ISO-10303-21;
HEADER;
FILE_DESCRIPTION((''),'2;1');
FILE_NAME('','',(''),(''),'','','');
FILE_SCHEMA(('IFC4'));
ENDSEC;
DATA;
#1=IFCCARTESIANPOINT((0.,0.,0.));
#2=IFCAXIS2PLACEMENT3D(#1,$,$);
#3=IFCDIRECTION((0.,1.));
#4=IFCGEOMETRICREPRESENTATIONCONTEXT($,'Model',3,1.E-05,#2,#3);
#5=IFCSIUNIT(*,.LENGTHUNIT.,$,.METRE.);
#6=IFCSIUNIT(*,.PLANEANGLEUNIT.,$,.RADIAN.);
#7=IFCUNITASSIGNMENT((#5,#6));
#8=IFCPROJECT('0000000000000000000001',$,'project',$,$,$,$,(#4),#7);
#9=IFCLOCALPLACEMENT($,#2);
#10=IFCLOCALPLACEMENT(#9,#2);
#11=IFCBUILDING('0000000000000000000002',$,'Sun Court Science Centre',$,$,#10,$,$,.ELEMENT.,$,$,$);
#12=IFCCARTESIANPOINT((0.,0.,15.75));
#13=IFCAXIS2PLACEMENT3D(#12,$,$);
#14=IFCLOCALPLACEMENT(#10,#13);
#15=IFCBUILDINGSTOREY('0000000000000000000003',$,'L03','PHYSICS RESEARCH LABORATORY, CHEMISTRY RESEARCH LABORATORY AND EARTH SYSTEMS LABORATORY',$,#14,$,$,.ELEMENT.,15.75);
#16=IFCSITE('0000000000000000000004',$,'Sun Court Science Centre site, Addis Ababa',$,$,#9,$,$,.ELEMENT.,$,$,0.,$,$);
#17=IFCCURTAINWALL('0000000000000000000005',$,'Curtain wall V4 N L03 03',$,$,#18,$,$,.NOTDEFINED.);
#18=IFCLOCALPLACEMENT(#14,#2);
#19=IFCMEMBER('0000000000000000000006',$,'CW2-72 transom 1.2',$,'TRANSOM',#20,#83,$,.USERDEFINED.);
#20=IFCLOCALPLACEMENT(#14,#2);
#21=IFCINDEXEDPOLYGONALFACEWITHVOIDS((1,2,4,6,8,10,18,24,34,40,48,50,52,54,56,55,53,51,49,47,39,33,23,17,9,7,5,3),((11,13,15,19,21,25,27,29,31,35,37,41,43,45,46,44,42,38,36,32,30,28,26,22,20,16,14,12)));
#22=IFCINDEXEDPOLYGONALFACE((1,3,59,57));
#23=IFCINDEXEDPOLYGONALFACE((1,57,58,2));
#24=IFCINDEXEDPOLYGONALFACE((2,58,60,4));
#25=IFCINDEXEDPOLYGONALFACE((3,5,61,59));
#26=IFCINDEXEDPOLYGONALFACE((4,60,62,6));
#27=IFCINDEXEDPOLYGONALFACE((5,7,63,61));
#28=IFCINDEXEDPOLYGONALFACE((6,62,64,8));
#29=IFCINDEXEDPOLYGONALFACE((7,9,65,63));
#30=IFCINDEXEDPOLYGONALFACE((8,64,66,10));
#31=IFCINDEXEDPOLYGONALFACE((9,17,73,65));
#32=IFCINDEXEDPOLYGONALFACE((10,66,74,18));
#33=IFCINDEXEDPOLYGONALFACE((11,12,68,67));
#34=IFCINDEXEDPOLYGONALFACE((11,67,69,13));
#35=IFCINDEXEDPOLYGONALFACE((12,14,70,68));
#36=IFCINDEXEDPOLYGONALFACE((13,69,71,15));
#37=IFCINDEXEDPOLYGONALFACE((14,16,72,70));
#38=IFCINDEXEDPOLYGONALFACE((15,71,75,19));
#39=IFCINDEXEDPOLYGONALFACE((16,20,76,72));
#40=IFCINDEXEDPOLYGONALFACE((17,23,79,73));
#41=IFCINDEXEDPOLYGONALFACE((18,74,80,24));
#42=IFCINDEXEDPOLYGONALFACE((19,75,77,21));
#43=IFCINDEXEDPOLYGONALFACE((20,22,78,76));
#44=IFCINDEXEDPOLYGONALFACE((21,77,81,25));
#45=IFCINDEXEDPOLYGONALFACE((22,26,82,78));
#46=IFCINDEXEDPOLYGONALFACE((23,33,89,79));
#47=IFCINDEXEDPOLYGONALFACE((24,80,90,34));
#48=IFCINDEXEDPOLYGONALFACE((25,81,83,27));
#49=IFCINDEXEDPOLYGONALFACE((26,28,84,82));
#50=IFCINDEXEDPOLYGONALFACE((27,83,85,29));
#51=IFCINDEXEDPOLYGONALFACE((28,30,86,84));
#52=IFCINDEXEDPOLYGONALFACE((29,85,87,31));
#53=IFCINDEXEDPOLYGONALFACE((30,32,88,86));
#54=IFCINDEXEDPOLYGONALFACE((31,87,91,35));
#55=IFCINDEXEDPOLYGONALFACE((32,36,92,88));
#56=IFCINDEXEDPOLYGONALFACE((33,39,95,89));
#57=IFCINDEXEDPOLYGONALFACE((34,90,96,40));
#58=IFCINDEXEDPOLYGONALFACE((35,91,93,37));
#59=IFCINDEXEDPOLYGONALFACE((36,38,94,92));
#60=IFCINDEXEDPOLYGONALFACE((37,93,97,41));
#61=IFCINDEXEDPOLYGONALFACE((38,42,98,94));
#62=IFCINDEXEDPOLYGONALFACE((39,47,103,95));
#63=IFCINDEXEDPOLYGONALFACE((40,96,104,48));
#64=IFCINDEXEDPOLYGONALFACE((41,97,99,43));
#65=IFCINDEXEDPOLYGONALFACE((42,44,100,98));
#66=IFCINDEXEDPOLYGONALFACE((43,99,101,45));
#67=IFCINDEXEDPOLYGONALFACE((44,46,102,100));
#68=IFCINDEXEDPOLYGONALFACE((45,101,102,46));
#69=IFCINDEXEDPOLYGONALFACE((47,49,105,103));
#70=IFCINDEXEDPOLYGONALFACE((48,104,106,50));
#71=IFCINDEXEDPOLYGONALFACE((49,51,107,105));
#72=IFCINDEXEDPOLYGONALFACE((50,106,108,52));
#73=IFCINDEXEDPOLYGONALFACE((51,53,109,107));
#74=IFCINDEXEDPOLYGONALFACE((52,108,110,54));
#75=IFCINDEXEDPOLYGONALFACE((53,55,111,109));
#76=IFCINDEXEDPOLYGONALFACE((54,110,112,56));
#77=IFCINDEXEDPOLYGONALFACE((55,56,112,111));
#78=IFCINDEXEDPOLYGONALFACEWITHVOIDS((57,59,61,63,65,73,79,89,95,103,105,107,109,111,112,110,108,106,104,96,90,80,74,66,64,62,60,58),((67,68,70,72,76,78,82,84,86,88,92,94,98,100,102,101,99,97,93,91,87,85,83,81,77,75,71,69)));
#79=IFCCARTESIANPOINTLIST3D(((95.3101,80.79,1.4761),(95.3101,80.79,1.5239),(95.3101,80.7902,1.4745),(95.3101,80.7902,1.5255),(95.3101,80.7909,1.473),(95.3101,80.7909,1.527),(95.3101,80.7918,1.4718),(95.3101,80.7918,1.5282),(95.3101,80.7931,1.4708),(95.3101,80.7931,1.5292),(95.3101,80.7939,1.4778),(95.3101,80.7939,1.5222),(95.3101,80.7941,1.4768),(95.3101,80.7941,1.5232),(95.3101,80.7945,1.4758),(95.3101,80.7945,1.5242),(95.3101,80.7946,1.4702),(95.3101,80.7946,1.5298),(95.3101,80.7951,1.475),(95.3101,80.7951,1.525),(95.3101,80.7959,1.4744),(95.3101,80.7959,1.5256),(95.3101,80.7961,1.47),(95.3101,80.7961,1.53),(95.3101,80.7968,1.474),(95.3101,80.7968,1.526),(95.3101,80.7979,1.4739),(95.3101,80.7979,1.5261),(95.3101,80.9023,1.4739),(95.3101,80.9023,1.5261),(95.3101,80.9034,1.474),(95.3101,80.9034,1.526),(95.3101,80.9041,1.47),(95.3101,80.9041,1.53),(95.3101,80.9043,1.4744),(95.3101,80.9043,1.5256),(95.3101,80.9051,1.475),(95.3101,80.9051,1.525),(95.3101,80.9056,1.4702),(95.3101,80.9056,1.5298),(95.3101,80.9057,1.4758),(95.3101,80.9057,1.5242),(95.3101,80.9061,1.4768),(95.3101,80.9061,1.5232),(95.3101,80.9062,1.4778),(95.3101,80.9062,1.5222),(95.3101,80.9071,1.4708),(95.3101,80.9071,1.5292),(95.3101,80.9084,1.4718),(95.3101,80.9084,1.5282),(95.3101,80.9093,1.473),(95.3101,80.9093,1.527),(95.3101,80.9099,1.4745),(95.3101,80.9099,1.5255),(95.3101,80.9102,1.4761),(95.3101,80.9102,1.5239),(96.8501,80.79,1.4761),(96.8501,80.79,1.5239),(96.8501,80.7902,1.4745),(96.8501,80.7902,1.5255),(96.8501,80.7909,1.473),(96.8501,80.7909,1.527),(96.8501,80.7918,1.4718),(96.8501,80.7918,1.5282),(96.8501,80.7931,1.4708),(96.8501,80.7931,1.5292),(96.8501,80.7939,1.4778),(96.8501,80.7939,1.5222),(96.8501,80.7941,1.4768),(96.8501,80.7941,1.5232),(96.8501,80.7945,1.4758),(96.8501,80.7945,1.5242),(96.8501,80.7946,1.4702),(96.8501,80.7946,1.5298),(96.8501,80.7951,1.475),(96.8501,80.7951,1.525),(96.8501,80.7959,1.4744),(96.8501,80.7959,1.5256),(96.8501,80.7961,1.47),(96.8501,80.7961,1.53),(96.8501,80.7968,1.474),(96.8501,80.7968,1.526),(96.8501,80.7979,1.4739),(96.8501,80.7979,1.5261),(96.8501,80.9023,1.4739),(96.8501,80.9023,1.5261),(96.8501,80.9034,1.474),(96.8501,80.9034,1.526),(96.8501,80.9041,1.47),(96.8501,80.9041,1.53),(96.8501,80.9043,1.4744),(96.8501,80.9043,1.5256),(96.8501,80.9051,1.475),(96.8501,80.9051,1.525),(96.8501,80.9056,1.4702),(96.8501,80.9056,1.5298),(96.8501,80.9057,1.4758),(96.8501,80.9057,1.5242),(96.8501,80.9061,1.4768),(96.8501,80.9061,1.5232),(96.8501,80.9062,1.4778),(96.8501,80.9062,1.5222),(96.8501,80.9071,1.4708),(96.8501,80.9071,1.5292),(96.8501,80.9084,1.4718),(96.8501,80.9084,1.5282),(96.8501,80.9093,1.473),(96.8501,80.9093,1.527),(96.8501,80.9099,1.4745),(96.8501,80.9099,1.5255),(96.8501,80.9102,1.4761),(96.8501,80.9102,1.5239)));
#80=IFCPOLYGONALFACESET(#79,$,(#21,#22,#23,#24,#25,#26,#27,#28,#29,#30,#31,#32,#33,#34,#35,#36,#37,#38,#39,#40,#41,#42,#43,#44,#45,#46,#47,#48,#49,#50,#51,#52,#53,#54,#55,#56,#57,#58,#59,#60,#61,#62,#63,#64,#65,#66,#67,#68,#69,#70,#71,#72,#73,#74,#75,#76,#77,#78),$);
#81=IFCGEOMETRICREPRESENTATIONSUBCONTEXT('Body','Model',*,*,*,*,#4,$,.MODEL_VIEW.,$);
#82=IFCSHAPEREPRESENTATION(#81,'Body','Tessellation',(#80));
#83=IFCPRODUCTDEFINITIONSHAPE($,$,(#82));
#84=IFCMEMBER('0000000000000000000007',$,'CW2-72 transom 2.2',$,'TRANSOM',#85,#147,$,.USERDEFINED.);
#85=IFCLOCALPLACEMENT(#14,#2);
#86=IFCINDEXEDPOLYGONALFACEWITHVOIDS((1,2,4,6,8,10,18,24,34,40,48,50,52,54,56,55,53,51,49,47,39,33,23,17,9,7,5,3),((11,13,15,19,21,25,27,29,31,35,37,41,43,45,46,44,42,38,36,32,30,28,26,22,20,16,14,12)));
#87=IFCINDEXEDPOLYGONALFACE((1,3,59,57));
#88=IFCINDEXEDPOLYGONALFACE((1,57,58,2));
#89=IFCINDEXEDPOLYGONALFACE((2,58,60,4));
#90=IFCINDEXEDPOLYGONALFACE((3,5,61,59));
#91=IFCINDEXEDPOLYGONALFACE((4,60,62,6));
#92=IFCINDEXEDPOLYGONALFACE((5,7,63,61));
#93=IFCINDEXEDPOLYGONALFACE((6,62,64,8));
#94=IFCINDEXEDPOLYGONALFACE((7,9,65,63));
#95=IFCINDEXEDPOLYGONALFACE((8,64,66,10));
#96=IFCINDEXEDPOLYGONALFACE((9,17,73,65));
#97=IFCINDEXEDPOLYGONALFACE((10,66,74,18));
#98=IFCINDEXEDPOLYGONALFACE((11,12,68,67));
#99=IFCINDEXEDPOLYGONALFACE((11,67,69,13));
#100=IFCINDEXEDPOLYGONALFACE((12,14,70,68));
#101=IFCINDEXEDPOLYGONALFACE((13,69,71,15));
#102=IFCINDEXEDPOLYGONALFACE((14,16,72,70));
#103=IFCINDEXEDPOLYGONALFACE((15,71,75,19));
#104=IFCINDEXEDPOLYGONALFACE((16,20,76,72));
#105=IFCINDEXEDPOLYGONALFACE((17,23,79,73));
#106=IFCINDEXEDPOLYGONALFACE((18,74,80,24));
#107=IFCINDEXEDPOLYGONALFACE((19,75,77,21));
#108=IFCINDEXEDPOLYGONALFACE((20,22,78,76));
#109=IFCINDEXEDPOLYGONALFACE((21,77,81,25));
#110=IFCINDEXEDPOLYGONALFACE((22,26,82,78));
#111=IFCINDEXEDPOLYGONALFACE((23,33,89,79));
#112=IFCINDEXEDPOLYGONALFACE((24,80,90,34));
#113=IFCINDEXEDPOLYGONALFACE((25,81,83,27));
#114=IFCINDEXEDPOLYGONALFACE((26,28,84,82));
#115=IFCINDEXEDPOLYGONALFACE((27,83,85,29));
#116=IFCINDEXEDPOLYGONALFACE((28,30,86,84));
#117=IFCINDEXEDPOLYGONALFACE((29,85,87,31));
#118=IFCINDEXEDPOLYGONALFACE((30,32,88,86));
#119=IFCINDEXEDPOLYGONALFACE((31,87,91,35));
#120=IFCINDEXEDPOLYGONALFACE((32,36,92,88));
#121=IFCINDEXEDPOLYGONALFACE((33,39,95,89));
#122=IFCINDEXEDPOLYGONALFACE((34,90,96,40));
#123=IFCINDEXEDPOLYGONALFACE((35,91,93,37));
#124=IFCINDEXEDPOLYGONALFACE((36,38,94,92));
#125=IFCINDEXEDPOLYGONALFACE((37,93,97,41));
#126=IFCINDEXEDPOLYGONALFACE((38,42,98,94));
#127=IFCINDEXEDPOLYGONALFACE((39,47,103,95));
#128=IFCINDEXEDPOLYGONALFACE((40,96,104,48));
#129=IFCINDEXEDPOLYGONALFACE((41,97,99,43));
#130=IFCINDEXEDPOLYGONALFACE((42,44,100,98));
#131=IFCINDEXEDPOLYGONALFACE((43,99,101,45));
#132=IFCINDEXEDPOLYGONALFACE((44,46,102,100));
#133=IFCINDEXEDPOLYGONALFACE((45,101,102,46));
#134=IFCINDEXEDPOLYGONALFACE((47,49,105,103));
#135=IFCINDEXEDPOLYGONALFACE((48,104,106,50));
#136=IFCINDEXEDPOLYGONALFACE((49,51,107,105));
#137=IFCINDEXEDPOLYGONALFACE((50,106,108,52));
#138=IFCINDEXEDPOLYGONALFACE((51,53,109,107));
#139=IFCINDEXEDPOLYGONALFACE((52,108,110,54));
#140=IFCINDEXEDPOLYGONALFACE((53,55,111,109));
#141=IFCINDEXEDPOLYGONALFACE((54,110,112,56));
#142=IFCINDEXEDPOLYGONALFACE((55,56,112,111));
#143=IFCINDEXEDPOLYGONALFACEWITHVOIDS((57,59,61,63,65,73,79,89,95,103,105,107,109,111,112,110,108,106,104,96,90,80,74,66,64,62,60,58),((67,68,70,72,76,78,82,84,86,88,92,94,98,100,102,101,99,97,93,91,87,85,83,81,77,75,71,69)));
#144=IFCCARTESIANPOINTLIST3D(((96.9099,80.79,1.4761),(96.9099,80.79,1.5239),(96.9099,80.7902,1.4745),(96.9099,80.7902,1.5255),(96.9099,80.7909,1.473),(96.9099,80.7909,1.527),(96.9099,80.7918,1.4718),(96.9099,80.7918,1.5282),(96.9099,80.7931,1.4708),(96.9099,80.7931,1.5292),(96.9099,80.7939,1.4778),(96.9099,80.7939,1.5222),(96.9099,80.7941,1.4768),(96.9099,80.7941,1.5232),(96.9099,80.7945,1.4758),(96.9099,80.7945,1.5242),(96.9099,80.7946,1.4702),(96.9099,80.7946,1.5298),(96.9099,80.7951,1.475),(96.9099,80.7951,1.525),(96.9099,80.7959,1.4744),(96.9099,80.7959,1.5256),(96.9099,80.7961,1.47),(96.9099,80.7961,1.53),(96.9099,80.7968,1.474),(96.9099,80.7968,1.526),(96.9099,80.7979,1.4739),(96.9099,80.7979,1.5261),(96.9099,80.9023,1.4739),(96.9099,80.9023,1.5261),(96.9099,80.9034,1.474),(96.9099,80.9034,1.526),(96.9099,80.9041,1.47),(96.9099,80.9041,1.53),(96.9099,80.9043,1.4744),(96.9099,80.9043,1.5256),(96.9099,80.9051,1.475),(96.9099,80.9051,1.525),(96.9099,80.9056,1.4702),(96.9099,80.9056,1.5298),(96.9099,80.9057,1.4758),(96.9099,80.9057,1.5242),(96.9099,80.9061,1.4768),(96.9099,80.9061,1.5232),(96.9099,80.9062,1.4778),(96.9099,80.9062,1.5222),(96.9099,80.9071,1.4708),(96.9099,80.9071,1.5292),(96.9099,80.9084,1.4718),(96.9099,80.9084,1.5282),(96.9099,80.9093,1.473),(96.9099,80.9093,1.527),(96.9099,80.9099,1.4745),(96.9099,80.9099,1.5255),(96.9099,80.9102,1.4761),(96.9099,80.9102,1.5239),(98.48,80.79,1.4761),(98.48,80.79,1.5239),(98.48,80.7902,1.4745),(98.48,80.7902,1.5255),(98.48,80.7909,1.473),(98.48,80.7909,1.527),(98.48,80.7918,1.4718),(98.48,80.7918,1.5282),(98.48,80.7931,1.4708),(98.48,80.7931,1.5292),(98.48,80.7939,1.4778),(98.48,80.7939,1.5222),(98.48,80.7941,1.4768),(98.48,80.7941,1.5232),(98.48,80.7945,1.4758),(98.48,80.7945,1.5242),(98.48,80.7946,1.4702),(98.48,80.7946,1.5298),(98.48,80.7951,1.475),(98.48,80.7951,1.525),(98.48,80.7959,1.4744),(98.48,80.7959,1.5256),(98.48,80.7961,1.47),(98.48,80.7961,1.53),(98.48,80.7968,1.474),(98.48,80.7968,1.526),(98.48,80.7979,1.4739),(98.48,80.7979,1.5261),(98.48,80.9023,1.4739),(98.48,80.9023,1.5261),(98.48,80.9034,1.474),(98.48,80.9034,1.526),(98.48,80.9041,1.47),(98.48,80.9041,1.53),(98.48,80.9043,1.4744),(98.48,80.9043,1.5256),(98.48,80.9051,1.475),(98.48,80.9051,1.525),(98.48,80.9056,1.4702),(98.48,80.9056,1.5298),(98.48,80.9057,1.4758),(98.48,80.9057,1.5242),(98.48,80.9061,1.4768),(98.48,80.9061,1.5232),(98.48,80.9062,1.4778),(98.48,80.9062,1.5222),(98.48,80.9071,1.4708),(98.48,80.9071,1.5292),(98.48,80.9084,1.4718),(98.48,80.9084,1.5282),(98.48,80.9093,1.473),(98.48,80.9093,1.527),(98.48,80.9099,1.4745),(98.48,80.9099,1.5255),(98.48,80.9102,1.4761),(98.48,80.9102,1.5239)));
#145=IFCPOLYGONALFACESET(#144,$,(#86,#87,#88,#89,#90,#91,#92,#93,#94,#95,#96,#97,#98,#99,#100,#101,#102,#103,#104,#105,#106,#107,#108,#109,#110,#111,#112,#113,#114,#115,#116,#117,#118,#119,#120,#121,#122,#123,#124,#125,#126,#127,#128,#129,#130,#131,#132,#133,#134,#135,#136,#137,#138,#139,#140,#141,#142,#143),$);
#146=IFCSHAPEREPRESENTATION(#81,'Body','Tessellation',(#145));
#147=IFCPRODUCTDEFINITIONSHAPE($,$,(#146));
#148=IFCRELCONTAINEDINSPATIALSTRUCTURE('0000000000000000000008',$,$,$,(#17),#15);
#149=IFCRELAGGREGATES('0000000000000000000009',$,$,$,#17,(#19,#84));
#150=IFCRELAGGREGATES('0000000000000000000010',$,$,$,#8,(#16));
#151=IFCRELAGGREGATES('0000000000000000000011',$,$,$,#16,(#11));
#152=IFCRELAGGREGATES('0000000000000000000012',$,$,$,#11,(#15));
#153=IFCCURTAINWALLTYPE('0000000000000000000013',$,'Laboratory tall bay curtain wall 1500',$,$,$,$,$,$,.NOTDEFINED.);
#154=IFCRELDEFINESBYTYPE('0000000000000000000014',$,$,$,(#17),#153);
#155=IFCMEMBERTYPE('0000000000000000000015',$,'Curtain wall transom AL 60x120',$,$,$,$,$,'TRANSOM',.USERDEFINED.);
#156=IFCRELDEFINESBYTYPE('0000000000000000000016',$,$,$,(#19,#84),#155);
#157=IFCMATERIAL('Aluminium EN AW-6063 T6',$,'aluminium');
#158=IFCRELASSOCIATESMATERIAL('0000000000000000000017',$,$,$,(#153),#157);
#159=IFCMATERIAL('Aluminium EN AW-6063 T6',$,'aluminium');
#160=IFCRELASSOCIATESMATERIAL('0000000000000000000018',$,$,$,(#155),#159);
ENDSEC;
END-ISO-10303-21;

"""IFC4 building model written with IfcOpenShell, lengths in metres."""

from ifc_helpers import new_model, si_unit, direction, frame, origin, origin_2d, place, context, subcontext, project, spatial, hollow_rectangle, extrude, material, material_profile, profile_set, type_object, element, aggregate, save


model = new_model("IFC4")

# Units and contexts
model_context = context("Model", 3, precision=1e-05, world=origin(), true_north=direction((0.0, 1.0)))
body_context = subcontext(model_context, "Body", "Model", "MODEL_VIEW")
ifc_project = project(units=[si_unit("LENGTHUNIT", "METRE"), si_unit("PLANEANGLEUNIT", "RADIAN")], contexts=[model_context])

# Site, building, storey
site_placement = place(None, origin())
site = spatial("IfcSite", under=ifc_project, at=site_placement, Name="Sun Court Science Centre site, Addis Ababa", CompositionType="ELEMENT", RefElevation=0.0)
building_placement = place(site_placement, origin())
building = spatial("IfcBuilding", under=site, at=building_placement, Name="Sun Court Science Centre", CompositionType="ELEMENT")
storey_placement = place(building_placement, frame((0.0, 0.0, 15.75)))
storey = spatial("IfcBuildingStorey", under=building, at=storey_placement, Name="L03", Description="PHYSICS RESEARCH LABORATORY, CHEMISTRY RESEARCH LABORATORY AND EARTH SYSTEMS LABORATORY", CompositionType="ELEMENT", Elevation=15.75)

# Shared definitions
ifc_material_1 = material(Name="Aluminium EN AW-6063 T6", Category="aluminium")
curtain_wall_type = type_object("IfcCurtainWallType", Name="Laboratory tall bay curtain wall 1500", PredefinedType="NOTDEFINED", material=ifc_material_1)

# Curtain wall
curtain_wall_1_placement = place(storey_placement, origin())
curtain_wall_1 = element("IfcCurtainWall", 1, at=curtain_wall_1_placement, inside=storey, type_object=curtain_wall_type, Name="Curtain wall V4 N L03 03", PredefinedType="NOTDEFINED")

# Members
ifc_material_2 = material(Name="Aluminium EN AW-6063 T6", Category="aluminium")
ifc_material_profile_1 = material_profile(ifc_material_2, hollow_rectangle(XDim=0.0601, YDim=0.1201, WallThickness=0.0039, InnerFilletRadius=0.0039, OuterFilletRadius=0.0061, at=origin_2d()), Name="AL 60x120x4")
ifc_profile_set_1 = profile_set([ifc_material_profile_1], Name="Aluminium EN AW-6063 T6")
member_type_1 = type_object("IfcMemberType", Name="Curtain wall transom AL 60x120", ElementType="TRANSOM", PredefinedType="USERDEFINED", material=ifc_profile_set_1)
member_1_placement = place(storey_placement, frame((95.3101, 80.8501, 1.5), z_axis=(1.0, 0.0, 0.0), x_axis=(0.0, 0.0, 1.0)))
member_1 = element("IfcMember", 2, at=member_1_placement, type_object=member_type_1, Name="CW2-72 transom 1.2", ObjectType="TRANSOM", PredefinedType="USERDEFINED", context=body_context, shape_type="SweptSolid", body=[
    extrude(hollow_rectangle(XDim=0.0601, YDim=0.1201, WallThickness=0.0039, InnerFilletRadius=0.0039, OuterFilletRadius=0.0061, at=origin_2d()), origin(), (0.0, 0.0, 1.0), 1.54),
])
member_2_placement = place(storey_placement, frame((96.9099, 80.8501, 1.5), z_axis=(1.0, 0.0, 0.0), x_axis=(0.0, 0.0, 1.0)))
member_2 = element("IfcMember", 3, at=member_2_placement, type_object=member_type_1, Name="CW2-72 transom 2.2", ObjectType="TRANSOM", PredefinedType="USERDEFINED", context=body_context, shape_type="SweptSolid", body=[
    extrude(hollow_rectangle(XDim=0.0601, YDim=0.1201, WallThickness=0.0039, InnerFilletRadius=0.0039, OuterFilletRadius=0.0061, at=origin_2d()), origin(), (0.0, 0.0, 1.0), 1.5701),
])

aggregate(curtain_wall_1, [member_1, member_2])

save(model, "model.ifc")
